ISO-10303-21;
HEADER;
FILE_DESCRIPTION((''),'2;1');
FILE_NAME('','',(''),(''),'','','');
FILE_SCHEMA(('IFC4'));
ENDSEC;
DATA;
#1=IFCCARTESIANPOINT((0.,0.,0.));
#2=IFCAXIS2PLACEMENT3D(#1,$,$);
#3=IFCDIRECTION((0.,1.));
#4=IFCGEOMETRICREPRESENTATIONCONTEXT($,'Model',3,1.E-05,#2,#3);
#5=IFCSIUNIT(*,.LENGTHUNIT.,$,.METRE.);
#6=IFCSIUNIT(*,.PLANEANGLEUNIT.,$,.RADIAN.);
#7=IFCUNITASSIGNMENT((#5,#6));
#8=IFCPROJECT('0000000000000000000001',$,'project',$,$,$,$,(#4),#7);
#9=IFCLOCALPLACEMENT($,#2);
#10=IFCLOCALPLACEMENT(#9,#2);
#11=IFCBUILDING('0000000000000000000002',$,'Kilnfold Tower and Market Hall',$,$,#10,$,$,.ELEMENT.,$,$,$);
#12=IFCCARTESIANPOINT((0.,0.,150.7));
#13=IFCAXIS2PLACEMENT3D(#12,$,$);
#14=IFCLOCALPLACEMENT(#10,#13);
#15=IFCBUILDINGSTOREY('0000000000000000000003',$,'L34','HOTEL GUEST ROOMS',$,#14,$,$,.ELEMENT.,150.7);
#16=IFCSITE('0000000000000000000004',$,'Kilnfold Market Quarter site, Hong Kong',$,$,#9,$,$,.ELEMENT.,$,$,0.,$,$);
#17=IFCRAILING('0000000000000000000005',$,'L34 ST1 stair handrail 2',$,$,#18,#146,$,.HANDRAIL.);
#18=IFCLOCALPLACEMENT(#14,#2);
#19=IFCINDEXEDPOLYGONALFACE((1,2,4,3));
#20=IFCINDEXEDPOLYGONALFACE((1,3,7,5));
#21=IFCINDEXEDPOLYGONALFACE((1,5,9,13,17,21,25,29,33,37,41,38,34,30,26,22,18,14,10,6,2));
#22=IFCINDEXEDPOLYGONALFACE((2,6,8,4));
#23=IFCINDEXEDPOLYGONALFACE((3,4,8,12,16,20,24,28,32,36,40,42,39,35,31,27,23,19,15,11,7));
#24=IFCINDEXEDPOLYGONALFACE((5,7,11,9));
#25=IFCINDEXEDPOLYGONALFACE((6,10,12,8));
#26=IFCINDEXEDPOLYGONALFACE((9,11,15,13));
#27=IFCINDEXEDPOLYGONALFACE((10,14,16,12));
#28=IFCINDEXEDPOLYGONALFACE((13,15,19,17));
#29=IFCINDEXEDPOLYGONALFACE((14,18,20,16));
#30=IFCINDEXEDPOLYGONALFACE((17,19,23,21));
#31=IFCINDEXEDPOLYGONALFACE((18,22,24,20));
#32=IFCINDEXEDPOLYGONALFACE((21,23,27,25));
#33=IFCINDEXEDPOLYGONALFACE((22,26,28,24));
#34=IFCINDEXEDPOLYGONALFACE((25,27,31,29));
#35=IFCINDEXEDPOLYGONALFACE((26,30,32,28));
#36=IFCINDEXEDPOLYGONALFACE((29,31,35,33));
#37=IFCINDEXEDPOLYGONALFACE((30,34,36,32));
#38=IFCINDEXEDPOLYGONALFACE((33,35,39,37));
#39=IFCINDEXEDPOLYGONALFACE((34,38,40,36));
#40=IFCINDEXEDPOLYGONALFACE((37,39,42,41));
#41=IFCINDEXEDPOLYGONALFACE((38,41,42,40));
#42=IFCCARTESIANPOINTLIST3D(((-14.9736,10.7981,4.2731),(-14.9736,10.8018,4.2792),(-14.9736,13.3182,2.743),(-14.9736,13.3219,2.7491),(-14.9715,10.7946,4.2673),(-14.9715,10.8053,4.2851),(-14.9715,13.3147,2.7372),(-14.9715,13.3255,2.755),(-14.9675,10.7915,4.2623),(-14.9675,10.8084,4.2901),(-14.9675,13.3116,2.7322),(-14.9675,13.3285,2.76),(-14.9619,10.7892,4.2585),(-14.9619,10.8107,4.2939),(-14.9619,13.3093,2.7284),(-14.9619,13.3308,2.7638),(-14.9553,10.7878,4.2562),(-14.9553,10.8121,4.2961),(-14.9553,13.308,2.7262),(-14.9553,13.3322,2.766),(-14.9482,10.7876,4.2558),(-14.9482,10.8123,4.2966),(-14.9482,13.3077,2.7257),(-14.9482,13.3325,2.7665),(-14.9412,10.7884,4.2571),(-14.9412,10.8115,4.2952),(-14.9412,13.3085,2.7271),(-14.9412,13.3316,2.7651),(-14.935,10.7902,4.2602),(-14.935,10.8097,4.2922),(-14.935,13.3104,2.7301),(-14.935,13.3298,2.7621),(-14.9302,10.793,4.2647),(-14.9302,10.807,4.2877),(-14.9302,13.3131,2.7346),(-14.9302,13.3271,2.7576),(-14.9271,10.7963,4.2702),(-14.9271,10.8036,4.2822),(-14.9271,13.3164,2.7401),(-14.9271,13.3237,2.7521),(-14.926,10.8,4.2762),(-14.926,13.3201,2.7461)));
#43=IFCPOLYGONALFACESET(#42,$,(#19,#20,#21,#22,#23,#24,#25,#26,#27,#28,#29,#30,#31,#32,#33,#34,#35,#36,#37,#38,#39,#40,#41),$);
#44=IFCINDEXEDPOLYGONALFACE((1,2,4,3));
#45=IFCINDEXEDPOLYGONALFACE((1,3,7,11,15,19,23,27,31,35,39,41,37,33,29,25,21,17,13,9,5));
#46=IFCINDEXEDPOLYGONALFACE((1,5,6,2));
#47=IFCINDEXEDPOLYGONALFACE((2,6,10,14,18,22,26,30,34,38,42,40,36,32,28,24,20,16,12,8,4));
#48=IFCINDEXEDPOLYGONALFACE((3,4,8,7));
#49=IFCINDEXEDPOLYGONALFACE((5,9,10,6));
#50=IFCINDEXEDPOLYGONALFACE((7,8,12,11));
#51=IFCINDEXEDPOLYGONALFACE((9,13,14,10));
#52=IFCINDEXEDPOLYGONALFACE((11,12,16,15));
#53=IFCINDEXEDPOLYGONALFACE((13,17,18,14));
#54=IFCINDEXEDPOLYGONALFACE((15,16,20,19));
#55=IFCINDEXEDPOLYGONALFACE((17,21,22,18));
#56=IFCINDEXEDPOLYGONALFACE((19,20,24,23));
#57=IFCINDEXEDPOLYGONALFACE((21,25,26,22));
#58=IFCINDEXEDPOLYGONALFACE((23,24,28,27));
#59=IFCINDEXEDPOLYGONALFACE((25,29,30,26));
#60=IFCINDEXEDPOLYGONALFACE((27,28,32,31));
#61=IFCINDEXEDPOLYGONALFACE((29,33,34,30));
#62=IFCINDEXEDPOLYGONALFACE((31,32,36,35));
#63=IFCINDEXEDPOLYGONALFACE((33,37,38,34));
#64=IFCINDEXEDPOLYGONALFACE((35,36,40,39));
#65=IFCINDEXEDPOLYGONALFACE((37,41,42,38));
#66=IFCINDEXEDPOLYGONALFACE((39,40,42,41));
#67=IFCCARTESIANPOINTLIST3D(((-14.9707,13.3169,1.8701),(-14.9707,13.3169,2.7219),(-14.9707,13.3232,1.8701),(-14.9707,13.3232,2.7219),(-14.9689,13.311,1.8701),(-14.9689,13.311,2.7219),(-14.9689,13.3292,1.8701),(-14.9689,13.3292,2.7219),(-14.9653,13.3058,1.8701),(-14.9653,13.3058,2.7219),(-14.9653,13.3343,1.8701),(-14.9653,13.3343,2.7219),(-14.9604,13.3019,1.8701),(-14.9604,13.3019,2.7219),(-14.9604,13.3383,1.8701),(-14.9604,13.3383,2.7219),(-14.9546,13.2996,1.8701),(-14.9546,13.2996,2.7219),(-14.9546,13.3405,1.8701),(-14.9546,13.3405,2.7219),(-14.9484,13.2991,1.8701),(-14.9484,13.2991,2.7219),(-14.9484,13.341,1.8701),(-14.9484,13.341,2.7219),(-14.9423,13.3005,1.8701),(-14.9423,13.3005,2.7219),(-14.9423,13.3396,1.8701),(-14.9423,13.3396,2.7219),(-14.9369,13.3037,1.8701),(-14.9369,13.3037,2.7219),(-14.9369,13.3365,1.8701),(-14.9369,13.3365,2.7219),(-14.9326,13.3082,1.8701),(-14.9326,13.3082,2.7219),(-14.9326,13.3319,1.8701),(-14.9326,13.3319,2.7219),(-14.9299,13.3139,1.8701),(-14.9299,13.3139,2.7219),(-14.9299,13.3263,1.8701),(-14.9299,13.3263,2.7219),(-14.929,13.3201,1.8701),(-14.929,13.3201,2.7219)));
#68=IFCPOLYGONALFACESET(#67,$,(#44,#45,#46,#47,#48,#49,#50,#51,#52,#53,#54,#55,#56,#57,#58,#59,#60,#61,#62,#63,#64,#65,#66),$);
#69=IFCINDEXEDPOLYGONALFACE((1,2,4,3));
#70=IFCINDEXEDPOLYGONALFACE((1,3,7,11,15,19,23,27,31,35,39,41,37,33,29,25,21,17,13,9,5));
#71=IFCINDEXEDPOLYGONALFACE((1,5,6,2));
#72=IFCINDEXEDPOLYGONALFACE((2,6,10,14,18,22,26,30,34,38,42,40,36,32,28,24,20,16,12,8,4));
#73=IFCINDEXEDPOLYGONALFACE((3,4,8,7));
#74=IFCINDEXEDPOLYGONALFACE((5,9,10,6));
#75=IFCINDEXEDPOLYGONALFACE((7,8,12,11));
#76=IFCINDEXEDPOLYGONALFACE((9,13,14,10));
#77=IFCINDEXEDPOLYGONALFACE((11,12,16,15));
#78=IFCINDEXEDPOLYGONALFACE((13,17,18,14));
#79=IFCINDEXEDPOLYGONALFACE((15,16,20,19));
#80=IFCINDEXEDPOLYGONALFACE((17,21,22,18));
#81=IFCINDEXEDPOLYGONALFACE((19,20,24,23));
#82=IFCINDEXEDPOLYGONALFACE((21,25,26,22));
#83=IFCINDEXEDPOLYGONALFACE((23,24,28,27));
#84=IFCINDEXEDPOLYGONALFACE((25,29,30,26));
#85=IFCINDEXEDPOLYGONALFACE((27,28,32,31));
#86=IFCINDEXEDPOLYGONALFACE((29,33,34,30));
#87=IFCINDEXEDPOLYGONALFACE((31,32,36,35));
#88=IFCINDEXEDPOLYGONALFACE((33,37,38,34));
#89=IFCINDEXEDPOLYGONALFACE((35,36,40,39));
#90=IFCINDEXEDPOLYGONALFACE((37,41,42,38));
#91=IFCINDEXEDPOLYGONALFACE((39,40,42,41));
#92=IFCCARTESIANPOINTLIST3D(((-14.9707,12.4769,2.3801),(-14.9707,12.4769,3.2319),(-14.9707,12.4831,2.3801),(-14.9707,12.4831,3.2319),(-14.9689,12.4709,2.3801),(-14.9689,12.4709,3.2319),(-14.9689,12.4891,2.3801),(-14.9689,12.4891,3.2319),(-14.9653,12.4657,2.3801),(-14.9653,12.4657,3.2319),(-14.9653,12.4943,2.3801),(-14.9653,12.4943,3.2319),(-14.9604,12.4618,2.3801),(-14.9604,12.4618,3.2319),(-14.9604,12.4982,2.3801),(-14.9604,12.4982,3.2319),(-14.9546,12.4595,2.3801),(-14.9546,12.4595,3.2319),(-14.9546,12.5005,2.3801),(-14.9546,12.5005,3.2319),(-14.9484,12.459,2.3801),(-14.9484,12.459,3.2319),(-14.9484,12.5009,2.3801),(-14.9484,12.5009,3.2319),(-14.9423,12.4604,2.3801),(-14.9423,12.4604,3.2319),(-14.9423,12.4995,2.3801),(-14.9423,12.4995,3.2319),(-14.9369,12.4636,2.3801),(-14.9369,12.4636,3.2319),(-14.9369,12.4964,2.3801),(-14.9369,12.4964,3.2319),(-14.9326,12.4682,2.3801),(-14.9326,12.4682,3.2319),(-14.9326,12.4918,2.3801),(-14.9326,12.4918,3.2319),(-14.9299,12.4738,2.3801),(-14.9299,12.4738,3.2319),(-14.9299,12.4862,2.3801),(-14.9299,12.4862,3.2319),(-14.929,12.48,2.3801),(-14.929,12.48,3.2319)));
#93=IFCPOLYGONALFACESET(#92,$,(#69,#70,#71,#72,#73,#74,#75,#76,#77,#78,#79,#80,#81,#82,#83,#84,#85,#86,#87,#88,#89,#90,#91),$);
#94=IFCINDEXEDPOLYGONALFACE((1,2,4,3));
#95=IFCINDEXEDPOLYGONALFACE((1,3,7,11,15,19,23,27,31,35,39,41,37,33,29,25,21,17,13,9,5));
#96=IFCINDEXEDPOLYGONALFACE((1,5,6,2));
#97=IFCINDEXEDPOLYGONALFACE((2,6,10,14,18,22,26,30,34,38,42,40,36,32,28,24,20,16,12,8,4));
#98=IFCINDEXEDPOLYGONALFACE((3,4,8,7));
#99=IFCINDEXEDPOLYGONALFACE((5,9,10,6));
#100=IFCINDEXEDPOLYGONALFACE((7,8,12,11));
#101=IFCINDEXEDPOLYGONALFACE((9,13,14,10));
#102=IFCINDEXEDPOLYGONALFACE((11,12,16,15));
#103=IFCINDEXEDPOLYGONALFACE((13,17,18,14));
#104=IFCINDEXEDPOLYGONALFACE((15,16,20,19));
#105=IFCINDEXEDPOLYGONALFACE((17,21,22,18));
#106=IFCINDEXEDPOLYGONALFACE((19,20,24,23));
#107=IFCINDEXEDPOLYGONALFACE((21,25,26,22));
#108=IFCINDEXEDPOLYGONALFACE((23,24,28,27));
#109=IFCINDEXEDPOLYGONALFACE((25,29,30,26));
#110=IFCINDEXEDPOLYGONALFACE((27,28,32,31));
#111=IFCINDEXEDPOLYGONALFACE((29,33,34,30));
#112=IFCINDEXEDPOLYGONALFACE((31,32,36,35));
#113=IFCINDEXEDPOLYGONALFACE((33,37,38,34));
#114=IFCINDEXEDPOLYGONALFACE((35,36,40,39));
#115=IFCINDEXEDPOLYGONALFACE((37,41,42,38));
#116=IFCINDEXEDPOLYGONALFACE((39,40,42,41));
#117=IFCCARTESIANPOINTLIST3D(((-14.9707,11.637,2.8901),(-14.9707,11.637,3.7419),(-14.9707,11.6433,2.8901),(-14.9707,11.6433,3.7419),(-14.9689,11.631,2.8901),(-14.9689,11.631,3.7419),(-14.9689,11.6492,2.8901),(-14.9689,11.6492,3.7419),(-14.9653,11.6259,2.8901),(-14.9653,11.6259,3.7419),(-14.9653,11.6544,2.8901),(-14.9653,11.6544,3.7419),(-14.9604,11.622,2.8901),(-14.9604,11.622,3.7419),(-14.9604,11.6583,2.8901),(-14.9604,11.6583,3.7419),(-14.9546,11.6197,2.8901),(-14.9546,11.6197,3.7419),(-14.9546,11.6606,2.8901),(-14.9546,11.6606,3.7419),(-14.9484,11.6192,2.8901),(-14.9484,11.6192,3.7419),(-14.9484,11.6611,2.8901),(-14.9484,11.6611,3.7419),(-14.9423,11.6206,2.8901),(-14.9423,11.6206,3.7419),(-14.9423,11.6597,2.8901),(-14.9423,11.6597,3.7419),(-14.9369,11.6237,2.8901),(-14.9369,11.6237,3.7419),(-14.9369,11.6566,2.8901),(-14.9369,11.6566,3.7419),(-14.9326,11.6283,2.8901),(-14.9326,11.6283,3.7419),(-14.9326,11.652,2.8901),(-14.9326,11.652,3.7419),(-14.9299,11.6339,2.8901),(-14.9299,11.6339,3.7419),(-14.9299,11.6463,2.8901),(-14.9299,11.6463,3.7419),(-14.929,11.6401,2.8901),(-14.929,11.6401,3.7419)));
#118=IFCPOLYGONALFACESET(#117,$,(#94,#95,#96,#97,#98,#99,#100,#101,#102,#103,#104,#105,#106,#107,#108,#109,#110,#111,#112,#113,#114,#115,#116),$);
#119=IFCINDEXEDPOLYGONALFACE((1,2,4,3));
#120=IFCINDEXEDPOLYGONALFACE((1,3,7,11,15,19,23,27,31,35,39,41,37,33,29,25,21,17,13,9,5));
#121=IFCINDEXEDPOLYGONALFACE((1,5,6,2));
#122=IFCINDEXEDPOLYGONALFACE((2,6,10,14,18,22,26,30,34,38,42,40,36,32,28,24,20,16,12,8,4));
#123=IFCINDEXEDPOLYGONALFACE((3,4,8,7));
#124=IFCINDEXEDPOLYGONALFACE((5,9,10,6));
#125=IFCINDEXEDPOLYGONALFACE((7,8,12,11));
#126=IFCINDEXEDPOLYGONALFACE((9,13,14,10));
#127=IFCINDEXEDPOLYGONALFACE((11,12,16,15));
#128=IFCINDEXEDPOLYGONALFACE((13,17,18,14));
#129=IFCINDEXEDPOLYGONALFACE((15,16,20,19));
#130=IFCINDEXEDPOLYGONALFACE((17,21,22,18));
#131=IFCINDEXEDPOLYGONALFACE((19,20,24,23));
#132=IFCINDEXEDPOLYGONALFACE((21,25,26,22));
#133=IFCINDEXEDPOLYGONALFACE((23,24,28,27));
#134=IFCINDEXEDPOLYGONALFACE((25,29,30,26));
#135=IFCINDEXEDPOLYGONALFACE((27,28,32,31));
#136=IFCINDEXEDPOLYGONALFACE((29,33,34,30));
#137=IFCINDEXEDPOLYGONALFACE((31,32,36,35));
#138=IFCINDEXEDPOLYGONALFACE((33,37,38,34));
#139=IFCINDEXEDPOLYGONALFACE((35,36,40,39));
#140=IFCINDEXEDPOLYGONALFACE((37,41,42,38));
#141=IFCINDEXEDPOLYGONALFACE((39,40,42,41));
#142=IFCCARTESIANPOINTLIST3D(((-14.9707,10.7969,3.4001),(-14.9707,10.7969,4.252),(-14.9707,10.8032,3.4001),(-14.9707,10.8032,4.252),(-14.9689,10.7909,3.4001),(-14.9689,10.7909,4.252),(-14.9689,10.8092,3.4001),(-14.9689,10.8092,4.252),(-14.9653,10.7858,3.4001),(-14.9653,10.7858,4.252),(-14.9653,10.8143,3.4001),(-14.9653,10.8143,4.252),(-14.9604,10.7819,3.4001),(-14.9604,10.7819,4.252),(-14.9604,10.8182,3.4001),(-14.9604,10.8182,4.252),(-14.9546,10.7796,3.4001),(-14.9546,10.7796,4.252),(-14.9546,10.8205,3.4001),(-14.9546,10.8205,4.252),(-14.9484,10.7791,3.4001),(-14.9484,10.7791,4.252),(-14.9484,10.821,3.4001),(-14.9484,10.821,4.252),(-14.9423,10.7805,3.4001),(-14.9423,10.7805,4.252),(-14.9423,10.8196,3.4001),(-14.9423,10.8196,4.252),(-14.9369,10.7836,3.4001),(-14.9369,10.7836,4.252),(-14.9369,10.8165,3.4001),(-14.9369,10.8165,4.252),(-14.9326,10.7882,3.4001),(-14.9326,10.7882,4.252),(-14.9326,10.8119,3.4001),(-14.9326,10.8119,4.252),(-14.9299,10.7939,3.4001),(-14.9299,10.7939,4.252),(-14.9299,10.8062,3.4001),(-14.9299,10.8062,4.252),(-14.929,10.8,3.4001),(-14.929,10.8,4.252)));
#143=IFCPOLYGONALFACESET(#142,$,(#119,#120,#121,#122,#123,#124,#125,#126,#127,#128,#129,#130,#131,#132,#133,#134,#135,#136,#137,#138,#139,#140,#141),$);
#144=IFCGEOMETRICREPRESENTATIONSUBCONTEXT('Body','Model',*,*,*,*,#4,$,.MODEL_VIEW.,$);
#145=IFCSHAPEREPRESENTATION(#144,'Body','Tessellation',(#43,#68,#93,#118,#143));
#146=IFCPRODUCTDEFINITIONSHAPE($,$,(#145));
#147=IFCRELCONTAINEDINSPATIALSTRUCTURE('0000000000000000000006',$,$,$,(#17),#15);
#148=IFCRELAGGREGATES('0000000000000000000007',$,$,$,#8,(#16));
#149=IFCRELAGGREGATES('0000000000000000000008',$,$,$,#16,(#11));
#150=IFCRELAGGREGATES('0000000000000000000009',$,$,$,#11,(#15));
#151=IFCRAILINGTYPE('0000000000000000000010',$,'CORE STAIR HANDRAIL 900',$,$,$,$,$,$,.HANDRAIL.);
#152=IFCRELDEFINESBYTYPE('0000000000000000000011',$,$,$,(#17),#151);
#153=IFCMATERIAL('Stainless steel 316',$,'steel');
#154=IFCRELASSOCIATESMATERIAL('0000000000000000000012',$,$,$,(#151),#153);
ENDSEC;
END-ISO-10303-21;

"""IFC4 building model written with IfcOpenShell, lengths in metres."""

from ifc_helpers import new_model, si_unit, direction, frame, origin, origin_2d, place, context, subcontext, project, spatial, circle, extrude, material, type_object, element, save


model = new_model("IFC4")

# Units and contexts
model_context = context("Model", 3, precision=1e-05, world=origin(), true_north=direction((0.0, 1.0)))
body_context = subcontext(model_context, "Body", "Model", "MODEL_VIEW")
ifc_project = project(units=[si_unit("LENGTHUNIT", "METRE"), si_unit("PLANEANGLEUNIT", "RADIAN")], contexts=[model_context])

# Site, building, storey
site_placement = place(None, origin())
site = spatial("IfcSite", under=ifc_project, at=site_placement, Name="Kilnfold Market Quarter site, Hong Kong", CompositionType="ELEMENT", RefElevation=0.0)
building_placement = place(site_placement, origin())
building = spatial("IfcBuilding", under=site, at=building_placement, Name="Kilnfold Tower and Market Hall", CompositionType="ELEMENT")
storey_placement = place(building_placement, frame((0.0, 0.0, 150.7)))
storey = spatial("IfcBuildingStorey", under=building, at=storey_placement, Name="L34", Description="HOTEL GUEST ROOMS", CompositionType="ELEMENT", Elevation=150.7)

# Railing
ifc_material_1 = material(Name="Stainless steel 316", Category="steel")
railing_type_1 = type_object("IfcRailingType", Name="CORE STAIR HANDRAIL 900", PredefinedType="HANDRAIL", material=ifc_material_1)
railing_1_placement = place(storey_placement, frame((-14.95, 13.3201, 1.8701)))
element("IfcRailing", 1, at=railing_1_placement, inside=storey, type_object=railing_type_1, Name="L34 ST1 stair handrail 2", PredefinedType="HANDRAIL", context=body_context, shape_type="SweptSolid", body=[
    extrude(circle(Radius=0.0239, at=origin_2d()), frame((0.0, 0.0, 0.876), z_axis=(0.0, -0.854785, 0.518982), x_axis=(1.0, 0.0, 0.0)), (0.0, 0.0, 1.0), 2.9482),
    extrude(circle(Radius=0.021, at=origin_2d()), origin(), (0.0, 0.0, 1.0), 0.8518),
    extrude(circle(Radius=0.021, at=origin_2d()), frame((0.0, -0.8401, 0.51)), (0.0, 0.0, 1.0), 0.8518),
    extrude(circle(Radius=0.021, at=origin_2d()), frame((0.0, -1.6799, 1.02)), (0.0, 0.0, 1.0), 0.8518),
    extrude(circle(Radius=0.021, at=origin_2d()), frame((0.0, -2.52, 1.53)), (0.0, 0.0, 1.0), 0.8518),
])

save(model, "model.ifc")
